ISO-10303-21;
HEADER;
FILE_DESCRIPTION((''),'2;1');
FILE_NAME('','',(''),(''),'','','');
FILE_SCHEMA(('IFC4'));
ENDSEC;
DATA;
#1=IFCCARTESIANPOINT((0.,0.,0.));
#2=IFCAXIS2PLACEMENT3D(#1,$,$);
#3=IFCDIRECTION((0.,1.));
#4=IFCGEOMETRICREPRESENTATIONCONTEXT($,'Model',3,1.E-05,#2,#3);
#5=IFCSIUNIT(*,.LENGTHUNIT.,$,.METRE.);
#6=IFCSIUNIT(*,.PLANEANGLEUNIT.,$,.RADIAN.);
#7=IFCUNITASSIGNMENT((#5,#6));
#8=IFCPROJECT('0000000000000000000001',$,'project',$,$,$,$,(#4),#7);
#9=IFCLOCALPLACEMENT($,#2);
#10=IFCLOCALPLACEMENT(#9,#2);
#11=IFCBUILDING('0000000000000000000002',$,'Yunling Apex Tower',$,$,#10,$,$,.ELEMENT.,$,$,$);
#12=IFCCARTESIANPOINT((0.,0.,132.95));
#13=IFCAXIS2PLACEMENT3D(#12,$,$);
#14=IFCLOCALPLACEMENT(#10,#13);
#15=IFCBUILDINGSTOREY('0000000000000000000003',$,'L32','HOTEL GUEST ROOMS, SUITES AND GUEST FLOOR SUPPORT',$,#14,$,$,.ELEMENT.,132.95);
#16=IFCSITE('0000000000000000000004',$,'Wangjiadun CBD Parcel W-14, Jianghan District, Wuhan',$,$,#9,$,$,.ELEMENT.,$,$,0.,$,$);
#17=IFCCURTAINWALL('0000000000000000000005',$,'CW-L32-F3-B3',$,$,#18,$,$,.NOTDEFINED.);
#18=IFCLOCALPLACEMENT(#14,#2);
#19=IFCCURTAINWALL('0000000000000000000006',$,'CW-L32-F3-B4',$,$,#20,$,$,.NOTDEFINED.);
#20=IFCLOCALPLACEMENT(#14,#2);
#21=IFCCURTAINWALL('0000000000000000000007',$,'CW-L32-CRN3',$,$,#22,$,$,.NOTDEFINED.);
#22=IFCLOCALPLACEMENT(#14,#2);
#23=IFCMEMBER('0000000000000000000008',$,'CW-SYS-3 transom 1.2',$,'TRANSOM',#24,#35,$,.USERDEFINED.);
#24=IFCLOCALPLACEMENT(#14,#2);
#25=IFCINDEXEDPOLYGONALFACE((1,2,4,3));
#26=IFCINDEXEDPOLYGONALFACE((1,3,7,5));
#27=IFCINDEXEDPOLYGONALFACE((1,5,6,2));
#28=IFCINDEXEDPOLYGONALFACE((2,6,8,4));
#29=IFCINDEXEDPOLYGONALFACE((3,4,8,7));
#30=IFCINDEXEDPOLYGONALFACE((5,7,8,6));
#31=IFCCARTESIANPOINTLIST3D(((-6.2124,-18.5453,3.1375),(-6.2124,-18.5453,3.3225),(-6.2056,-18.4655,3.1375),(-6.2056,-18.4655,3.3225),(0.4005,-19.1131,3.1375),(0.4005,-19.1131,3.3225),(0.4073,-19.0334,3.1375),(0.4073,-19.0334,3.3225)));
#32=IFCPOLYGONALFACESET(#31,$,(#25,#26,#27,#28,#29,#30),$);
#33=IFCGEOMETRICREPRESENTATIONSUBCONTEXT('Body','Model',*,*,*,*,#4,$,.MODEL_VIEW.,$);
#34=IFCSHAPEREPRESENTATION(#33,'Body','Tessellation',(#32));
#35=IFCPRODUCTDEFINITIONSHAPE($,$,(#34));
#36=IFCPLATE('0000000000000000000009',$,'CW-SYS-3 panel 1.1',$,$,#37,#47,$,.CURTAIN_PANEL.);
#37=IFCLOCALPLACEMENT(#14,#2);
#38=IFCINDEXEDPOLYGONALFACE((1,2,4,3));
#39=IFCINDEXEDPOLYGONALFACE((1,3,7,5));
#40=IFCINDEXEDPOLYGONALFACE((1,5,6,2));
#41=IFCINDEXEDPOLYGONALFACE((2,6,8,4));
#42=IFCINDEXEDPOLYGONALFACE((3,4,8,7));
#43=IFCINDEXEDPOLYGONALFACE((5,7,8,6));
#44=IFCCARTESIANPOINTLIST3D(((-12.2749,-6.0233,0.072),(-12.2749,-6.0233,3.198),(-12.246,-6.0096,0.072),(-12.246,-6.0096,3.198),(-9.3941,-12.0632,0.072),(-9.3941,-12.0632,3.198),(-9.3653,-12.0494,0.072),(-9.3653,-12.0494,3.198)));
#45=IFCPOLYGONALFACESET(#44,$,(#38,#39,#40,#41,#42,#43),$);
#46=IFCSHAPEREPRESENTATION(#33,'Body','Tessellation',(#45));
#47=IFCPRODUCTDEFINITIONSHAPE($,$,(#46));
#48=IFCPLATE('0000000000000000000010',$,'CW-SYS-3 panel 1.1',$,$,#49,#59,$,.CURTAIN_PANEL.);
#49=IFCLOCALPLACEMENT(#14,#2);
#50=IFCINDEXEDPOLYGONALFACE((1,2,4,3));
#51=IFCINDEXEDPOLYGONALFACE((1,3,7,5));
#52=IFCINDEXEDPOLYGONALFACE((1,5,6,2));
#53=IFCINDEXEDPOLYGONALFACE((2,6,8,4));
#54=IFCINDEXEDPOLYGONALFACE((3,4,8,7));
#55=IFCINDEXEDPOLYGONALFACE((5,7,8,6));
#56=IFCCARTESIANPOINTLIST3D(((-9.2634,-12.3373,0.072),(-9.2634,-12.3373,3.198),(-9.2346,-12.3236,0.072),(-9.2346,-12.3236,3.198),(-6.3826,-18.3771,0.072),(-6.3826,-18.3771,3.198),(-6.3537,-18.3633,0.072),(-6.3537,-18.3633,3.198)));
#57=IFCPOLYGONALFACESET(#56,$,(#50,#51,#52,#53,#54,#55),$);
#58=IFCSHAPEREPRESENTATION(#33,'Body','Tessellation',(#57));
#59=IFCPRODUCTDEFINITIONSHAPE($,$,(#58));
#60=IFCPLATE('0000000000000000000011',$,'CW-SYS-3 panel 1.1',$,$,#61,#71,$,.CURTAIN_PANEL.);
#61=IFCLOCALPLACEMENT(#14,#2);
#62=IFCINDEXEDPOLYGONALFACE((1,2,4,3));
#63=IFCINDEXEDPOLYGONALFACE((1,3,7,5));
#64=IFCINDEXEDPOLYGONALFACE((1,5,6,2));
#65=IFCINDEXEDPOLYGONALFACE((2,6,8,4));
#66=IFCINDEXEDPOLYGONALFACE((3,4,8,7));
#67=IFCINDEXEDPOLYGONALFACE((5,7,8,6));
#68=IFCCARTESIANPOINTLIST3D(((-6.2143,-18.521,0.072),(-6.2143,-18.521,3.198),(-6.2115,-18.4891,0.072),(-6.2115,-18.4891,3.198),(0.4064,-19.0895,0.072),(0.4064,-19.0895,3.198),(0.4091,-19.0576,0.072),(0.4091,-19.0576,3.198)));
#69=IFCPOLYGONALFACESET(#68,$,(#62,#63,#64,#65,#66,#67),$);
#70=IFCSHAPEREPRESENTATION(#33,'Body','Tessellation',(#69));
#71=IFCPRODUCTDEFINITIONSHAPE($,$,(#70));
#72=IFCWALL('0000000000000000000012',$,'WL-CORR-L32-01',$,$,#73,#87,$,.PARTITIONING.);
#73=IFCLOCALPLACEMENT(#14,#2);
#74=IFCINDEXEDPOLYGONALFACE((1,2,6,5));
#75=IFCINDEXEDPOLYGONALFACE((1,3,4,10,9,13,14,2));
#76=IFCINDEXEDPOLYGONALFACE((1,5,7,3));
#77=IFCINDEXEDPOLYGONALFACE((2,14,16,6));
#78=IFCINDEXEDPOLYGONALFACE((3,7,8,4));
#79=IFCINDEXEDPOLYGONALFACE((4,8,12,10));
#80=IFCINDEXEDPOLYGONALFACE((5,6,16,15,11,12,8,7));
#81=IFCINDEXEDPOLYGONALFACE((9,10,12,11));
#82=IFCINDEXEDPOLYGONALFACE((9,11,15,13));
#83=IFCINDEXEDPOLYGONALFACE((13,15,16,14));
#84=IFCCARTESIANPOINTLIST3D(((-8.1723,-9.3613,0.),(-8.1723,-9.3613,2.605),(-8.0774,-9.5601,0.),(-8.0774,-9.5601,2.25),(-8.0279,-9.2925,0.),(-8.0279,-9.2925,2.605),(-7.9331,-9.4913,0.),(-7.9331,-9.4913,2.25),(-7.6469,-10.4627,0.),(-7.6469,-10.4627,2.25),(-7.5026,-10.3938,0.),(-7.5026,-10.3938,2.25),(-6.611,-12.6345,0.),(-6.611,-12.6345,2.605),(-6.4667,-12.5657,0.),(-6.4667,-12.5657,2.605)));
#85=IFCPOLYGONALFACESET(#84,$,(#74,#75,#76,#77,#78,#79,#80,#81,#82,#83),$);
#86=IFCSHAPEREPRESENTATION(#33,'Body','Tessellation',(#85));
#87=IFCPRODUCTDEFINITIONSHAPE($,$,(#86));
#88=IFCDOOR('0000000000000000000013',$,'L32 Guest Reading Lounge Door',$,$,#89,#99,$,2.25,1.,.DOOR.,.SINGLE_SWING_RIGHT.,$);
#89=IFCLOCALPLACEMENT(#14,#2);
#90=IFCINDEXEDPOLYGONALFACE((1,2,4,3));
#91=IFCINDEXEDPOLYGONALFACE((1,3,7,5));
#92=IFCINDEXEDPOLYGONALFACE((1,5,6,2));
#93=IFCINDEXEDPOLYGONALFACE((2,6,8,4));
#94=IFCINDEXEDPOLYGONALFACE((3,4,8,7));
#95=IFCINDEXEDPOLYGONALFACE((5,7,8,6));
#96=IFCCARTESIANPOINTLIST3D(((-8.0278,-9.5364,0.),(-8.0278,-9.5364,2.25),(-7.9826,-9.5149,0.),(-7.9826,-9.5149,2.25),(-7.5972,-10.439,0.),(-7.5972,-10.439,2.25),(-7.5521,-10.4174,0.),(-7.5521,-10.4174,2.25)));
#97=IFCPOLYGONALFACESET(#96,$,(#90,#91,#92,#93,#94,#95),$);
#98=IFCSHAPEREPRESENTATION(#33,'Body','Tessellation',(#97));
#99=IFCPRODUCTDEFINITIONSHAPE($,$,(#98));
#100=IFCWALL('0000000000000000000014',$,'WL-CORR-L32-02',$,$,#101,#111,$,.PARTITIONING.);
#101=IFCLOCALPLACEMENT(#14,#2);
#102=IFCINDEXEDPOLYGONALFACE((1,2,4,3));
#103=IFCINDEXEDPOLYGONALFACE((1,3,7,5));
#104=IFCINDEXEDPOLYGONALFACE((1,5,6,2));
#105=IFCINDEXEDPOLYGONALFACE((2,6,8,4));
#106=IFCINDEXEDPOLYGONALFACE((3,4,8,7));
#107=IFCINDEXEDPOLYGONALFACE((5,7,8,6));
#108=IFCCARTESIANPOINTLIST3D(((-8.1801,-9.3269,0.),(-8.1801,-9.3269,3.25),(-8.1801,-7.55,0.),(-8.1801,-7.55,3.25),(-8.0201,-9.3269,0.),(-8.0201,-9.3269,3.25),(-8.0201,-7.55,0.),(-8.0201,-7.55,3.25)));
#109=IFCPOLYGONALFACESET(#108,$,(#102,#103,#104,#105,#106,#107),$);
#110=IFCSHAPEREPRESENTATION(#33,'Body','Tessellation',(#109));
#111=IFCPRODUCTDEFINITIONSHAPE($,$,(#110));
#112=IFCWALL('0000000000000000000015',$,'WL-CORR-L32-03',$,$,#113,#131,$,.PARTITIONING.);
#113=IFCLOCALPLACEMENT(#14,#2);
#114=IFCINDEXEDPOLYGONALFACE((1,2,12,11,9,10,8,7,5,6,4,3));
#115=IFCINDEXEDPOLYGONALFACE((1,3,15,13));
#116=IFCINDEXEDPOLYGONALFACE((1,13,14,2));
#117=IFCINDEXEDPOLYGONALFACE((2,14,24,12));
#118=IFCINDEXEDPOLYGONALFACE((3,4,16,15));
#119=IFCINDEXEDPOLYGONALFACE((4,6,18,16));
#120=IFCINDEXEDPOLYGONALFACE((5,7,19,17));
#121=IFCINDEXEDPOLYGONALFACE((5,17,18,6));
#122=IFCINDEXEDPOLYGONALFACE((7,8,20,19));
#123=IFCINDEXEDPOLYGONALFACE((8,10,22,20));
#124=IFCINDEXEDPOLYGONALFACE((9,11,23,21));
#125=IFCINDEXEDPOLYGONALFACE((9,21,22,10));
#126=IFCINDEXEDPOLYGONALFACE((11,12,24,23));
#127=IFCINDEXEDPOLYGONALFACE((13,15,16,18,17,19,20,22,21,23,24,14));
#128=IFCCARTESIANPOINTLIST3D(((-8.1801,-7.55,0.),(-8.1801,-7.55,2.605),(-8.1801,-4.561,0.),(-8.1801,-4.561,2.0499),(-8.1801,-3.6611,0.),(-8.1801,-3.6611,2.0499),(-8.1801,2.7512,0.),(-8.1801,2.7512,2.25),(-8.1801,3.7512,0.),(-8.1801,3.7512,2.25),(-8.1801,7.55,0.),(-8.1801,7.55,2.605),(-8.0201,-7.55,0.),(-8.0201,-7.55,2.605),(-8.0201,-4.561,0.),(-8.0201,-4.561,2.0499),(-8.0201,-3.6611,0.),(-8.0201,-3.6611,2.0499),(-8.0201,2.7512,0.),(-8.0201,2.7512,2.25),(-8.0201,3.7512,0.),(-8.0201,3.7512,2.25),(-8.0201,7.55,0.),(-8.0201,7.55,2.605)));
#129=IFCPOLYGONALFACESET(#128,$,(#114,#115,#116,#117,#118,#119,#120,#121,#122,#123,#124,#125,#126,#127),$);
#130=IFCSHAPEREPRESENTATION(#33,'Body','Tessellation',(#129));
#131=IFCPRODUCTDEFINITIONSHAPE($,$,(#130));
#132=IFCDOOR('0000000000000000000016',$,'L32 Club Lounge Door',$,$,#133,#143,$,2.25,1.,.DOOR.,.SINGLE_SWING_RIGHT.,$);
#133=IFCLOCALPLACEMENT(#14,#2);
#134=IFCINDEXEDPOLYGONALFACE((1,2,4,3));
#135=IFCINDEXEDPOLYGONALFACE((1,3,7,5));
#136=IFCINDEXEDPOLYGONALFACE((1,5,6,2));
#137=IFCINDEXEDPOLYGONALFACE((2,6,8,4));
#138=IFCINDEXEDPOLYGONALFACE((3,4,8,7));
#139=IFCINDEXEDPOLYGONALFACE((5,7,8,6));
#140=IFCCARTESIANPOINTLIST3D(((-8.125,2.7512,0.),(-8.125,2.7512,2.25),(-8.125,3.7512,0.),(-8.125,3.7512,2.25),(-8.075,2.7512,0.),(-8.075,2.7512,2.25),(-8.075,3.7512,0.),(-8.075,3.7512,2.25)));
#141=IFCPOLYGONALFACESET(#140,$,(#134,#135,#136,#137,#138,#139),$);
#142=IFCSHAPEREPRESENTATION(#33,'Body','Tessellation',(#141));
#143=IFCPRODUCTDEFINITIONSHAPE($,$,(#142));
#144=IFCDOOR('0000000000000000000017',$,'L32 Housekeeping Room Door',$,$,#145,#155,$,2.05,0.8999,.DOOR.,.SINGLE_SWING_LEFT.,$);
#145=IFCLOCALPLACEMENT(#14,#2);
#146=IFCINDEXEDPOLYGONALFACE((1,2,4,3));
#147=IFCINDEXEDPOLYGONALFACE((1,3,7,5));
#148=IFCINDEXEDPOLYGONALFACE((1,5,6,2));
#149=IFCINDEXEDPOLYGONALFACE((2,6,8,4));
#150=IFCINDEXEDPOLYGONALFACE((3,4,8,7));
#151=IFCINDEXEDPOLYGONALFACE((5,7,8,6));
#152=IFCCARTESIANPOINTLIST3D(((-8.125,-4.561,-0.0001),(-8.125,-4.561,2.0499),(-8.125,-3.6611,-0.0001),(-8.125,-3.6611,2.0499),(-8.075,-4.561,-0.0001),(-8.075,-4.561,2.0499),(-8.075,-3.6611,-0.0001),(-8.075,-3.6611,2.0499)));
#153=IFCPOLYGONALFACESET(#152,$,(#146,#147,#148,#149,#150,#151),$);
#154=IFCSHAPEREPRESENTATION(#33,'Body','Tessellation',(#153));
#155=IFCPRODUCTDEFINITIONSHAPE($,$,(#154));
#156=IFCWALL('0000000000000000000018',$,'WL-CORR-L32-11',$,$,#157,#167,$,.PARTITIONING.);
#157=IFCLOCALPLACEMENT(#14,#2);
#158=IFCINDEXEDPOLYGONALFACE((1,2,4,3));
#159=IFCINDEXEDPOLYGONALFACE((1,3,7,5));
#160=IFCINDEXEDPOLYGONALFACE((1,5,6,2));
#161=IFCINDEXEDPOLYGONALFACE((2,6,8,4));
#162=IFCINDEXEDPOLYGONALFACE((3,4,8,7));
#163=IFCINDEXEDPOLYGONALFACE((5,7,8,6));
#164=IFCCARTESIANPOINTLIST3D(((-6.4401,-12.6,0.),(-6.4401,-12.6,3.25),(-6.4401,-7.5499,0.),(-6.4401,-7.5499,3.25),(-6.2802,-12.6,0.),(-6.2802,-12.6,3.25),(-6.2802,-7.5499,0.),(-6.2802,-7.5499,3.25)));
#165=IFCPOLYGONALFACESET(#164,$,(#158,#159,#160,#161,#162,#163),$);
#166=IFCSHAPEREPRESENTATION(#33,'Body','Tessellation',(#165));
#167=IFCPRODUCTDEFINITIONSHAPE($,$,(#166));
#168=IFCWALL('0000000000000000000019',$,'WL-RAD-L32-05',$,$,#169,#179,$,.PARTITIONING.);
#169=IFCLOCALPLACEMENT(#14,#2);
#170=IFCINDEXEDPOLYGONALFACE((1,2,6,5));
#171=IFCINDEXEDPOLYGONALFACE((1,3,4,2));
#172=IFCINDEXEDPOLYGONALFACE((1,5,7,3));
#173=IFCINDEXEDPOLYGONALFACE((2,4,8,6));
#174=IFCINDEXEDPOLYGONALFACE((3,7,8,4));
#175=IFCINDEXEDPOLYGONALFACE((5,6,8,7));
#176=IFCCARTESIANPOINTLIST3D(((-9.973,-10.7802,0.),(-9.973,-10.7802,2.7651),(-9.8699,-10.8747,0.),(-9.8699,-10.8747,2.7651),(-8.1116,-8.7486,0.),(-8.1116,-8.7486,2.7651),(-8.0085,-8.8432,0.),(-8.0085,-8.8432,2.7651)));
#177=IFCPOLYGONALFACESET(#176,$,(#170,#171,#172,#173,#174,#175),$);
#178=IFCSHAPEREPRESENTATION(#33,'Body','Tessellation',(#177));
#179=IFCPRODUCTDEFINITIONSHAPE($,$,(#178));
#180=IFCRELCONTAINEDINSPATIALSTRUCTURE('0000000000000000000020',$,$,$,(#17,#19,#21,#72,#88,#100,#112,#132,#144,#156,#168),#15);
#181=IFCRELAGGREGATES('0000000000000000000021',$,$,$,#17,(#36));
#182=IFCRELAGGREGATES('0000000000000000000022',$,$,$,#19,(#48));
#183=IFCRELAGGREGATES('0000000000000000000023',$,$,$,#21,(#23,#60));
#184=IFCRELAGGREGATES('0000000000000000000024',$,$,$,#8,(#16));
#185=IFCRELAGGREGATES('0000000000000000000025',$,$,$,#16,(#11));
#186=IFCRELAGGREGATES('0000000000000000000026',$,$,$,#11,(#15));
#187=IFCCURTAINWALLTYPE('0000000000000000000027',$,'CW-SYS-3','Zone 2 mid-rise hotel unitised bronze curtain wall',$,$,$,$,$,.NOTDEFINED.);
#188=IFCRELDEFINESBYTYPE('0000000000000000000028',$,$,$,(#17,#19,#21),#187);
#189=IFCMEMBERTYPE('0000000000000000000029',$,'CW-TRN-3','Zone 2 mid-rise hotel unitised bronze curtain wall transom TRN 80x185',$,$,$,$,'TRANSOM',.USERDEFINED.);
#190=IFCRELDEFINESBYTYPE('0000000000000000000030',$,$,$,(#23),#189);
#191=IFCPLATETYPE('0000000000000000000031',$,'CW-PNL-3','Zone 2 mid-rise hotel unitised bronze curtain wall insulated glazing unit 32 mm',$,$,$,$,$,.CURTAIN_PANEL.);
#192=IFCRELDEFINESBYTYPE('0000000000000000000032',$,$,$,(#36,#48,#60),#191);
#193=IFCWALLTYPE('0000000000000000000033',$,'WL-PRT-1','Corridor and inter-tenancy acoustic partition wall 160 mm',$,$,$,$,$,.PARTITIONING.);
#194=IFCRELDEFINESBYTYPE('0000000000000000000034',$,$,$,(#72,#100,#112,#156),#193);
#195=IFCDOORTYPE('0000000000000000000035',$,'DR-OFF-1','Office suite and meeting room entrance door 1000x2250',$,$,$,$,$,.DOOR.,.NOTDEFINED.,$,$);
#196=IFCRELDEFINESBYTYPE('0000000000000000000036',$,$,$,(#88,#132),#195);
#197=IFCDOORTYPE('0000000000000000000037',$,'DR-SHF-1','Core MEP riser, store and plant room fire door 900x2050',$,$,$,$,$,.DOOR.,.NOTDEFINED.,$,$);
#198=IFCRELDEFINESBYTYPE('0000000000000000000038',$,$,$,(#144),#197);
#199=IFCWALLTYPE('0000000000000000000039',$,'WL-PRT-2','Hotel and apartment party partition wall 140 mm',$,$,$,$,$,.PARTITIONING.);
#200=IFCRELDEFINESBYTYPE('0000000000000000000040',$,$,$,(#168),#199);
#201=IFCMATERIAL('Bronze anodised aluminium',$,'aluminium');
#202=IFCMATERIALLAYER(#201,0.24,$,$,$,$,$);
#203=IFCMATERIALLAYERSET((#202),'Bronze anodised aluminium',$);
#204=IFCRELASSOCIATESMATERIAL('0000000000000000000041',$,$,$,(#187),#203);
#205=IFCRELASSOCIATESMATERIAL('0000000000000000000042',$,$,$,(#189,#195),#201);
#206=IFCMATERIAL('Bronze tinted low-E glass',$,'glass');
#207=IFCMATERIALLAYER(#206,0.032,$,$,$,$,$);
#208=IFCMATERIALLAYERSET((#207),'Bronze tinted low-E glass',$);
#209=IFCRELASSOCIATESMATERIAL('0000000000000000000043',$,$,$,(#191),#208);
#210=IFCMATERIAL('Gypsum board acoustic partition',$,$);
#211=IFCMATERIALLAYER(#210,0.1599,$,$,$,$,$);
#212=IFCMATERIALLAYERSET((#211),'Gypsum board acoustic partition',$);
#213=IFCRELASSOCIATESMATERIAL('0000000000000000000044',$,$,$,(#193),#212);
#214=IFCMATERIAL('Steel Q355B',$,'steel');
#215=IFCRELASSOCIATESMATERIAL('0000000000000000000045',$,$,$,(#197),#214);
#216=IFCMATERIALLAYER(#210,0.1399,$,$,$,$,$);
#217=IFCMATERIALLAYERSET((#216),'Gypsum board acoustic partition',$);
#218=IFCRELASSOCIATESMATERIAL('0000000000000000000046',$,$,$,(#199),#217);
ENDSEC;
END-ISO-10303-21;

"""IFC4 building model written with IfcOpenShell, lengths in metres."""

from ifc_helpers import new_model, si_unit, direction, frame, frame_2d, origin, origin_2d, place, context, subcontext, project, spatial, rectangle, extrude, source, transform, mapped, material, layer, layer_set, material_profile, profile_set, type_object, element, fill, aggregate, save


model = new_model("IFC4")

# Units and contexts
model_context = context("Model", 3, precision=1e-05, world=origin(), true_north=direction((0.0, 1.0)))
body_context = subcontext(model_context, "Body", "Model", "MODEL_VIEW")
ifc_project = project(units=[si_unit("LENGTHUNIT", "METRE"), si_unit("PLANEANGLEUNIT", "RADIAN")], contexts=[model_context])

# Site, building, storey
site_placement = place(None, origin())
site = spatial("IfcSite", under=ifc_project, at=site_placement, Name="Wangjiadun CBD Parcel W-14, Jianghan District, Wuhan", CompositionType="ELEMENT", RefElevation=0.0)
building_placement = place(site_placement, origin())
building = spatial("IfcBuilding", under=site, at=building_placement, Name="Yunling Apex Tower", CompositionType="ELEMENT")
storey_placement = place(building_placement, frame((0.0, 0.0, 132.95)))
storey = spatial("IfcBuildingStorey", under=building, at=storey_placement, Name="L32", Description="HOTEL GUEST ROOMS, SUITES AND GUEST FLOOR SUPPORT", CompositionType="ELEMENT", Elevation=132.95)

# Shared definitions
ifc_material_1 = material(Name="Steel Q355B", Category="steel")

# Curtain walls
ifc_material_2 = material(Name="Bronze anodised aluminium", Category="aluminium")
ifc_layer_1 = layer(ifc_material_2, 0.24)
ifc_layer_set_1 = layer_set([ifc_layer_1], Name="Bronze anodised aluminium")
curtain_wall_type = type_object("IfcCurtainWallType", Name="CW-SYS-3", Description="Zone 2 mid-rise hotel unitised bronze curtain wall", PredefinedType="NOTDEFINED", material=ifc_layer_set_1)
curtain_wall_1_placement = place(storey_placement, origin())
curtain_wall_1 = element("IfcCurtainWall", 1, at=curtain_wall_1_placement, inside=storey, type_object=curtain_wall_type, Name="CW-L32-F3-B3", PredefinedType="NOTDEFINED")
curtain_wall_2_placement = place(storey_placement, origin())
curtain_wall_2 = element("IfcCurtainWall", 2, at=curtain_wall_2_placement, inside=storey, type_object=curtain_wall_type, Name="CW-L32-F3-B4", PredefinedType="NOTDEFINED")

# Curtain wall
curtain_wall_3_placement = place(storey_placement, origin())
curtain_wall_3 = element("IfcCurtainWall", 3, at=curtain_wall_3_placement, inside=storey, type_object=curtain_wall_type, Name="CW-L32-CRN3", PredefinedType="NOTDEFINED")

# Member
ifc_material_profile_1 = material_profile(ifc_material_2, rectangle(XDim=0.0801, YDim=0.1851, at=origin_2d()))
ifc_profile_set_1 = profile_set([ifc_material_profile_1], Name="Bronze anodised aluminium")
member_type_1 = type_object("IfcMemberType", Name="CW-TRN-3", Description="Zone 2 mid-rise hotel unitised bronze curtain wall transom TRN 80x185", ElementType="TRANSOM", PredefinedType="USERDEFINED", material=ifc_profile_set_1)
shared_shape_1 = source(origin(), body_context, "Body", "SweptSolid", [
    extrude(rectangle(XDim=0.0801, YDim=0.1851, at=origin_2d()), origin(), (0.0, 0.0, 1.0), 6.6372),
])
member_1_placement = place(storey_placement, frame((-6.209, -18.5054, 3.23), z_axis=(0.996333, -0.08556, 0.0), x_axis=(0.08556, 0.996333, 0.0)))
member_1 = element("IfcMember", 4, at=member_1_placement, type_object=member_type_1, Name="CW-SYS-3 transom 1.2", ObjectType="TRANSOM", PredefinedType="USERDEFINED", context=body_context, shape_type="MappedRepresentation", body=[
    mapped(shared_shape_1, transform((0.0, 0.0, 0.0), scale=1.0)),
])

# Plates
ifc_material_3 = material(Name="Bronze tinted low-E glass", Category="glass")
ifc_layer_2 = layer(ifc_material_3, 0.032)
ifc_layer_set_2 = layer_set([ifc_layer_2], Name="Bronze tinted low-E glass")
plate_type = type_object("IfcPlateType", Name="CW-PNL-3", Description="Zone 2 mid-rise hotel unitised bronze curtain wall insulated glazing unit 32 mm", PredefinedType="CURTAIN_PANEL", material=ifc_layer_set_2)
shared_shape_2 = source(origin(), body_context, "Body", "SweptSolid", [
    extrude(rectangle(XDim=6.6917, YDim=0.032, at=origin_2d()), origin(), (0.0, 0.0, 1.0), 3.126),
])
plate_1_placement = place(storey_placement, frame((-10.8201, -9.0364, 0.072), z_axis=(0.0, 0.0, 1.0), x_axis=(0.430494, -0.902593, 0.0)))
plate_1 = element("IfcPlate", 5, at=plate_1_placement, type_object=plate_type, Name="CW-SYS-3 panel 1.1", PredefinedType="CURTAIN_PANEL", context=body_context, shape_type="MappedRepresentation", body=[
    mapped(shared_shape_2, transform((0.0, 0.0, 0.0), scale=1.0)),
])
aggregate(curtain_wall_1, [plate_1])
plate_2_placement = place(storey_placement, frame((-7.8086, -15.3503, 0.072), z_axis=(0.0, 0.0, 1.0), x_axis=(0.430512, -0.902585, 0.0)))
plate_2 = element("IfcPlate", 6, at=plate_2_placement, type_object=plate_type, Name="CW-SYS-3 panel 1.1", PredefinedType="CURTAIN_PANEL", context=body_context, shape_type="MappedRepresentation", body=[
    mapped(shared_shape_2, transform((0.0, 0.0, 0.0), scale=1.0)),
])
aggregate(curtain_wall_2, [plate_2])
shared_shape_3 = source(origin(), body_context, "Body", "SweptSolid", [
    extrude(rectangle(XDim=6.645, YDim=0.032, at=origin_2d()), origin(), (0.0, 0.0, 1.0), 3.126),
])
plate_3_placement = place(storey_placement, frame((-2.9026, -18.7893, 0.072), z_axis=(0.0, 0.0, 1.0), x_axis=(0.996334, -0.08555, 0.0)))
plate_3 = element("IfcPlate", 7, at=plate_3_placement, type_object=plate_type, Name="CW-SYS-3 panel 1.1", PredefinedType="CURTAIN_PANEL", context=body_context, shape_type="MappedRepresentation", body=[
    mapped(shared_shape_3, transform((0.0, 0.0, 0.0), scale=1.0)),
])
aggregate(curtain_wall_3, [member_1, plate_3])

# Wall, opening, door
ifc_material_4 = material(Name="Gypsum board acoustic partition")
ifc_layer_3 = layer(ifc_material_4, 0.1599)
ifc_layer_set_3 = layer_set([ifc_layer_3], Name="Gypsum board acoustic partition")
wall_type_1 = type_object("IfcWallType", Name="WL-PRT-1", Description="Corridor and inter-tenancy acoustic partition wall 160 mm", PredefinedType="PARTITIONING", material=ifc_layer_set_3)
wall_1_placement = place(storey_placement, frame((-6.5388, -12.6001, 0.0), z_axis=(0.0, 0.0, 1.0), x_axis=(-0.430521, 0.90258, 0.0)))
wall_1 = element("IfcWall", 8, at=wall_1_placement, inside=storey, type_object=wall_type_1, Name="WL-CORR-L32-01", PredefinedType="PARTITIONING", context=body_context, shape_type="SweptSolid", body=[
    extrude(rectangle(XDim=3.6265, YDim=0.1599, at=frame_2d((1.8132, 0.0))), origin(), (0.0, 0.0, 1.0), 2.605),
])
opening_1_placement = place(wall_1_placement, frame((2.4062, 0.0, 0.0)))
opening_1 = element("IfcOpeningElement", 9, at=opening_1_placement, cuts=wall_1, PredefinedType="OPENING", context=body_context, shape_type="SweptSolid", body=[
    extrude(rectangle(XDim=1.0, YDim=2.25, at=frame_2d((0.5, 1.125))), frame((0.0, 0.0898, 0.0), z_axis=(0.0, -1.0, 0.0), x_axis=(1.0, 0.0, 0.0)), (0.0, 0.0, 1.0), 0.1799),
])
door_type_1 = type_object("IfcDoorType", Name="DR-OFF-1", Description="Office suite and meeting room entrance door 1000x2250", OperationType="NOTDEFINED", PredefinedType="DOOR", material=ifc_material_2)
door_1_placement = place(opening_1_placement, origin())
door_1 = element("IfcDoor", 10, at=door_1_placement, inside=storey, type_object=door_type_1, Name="L32 Guest Reading Lounge Door", OperationType="SINGLE_SWING_RIGHT", OverallHeight=2.25, OverallWidth=1.0, PredefinedType="DOOR", context=body_context, shape_type="SweptSolid", body=[
    extrude(rectangle(XDim=1.0, YDim=2.25, at=frame_2d((0.5, 1.125))), frame((0.0, 0.0249, 0.0), z_axis=(0.0, -1.0, 0.0), x_axis=(1.0, 0.0, 0.0)), (0.0, 0.0, 1.0), 0.05),
])
fill(opening_1, door_1)

# Wall
wall_2_placement = place(storey_placement, frame((-8.1001, -9.3269, 0.0), z_axis=(0.0, 0.0, 1.0), x_axis=(0.0, 1.0, 0.0)))
element("IfcWall", 11, at=wall_2_placement, inside=storey, type_object=wall_type_1, Name="WL-CORR-L32-02", PredefinedType="PARTITIONING", context=body_context, shape_type="SweptSolid", body=[
    extrude(rectangle(XDim=1.7769, YDim=0.1599, at=frame_2d((0.8884, 0.0))), origin(), (0.0, 0.0, 1.0), 3.25),
])

# Wall, openings, doors
wall_3_placement = place(storey_placement, frame((-8.1001, -7.55, 0.0), z_axis=(0.0, 0.0, 1.0), x_axis=(0.0, 1.0, 0.0)))
wall_3 = element("IfcWall", 12, at=wall_3_placement, inside=storey, type_object=wall_type_1, Name="WL-CORR-L32-03", PredefinedType="PARTITIONING", context=body_context, shape_type="SweptSolid", body=[
    extrude(rectangle(XDim=15.1001, YDim=0.1599, at=frame_2d((7.55, 0.0))), origin(), (0.0, 0.0, 1.0), 2.605),
])
opening_2_placement = place(wall_3_placement, frame((2.989, 0.0, 0.0)))
opening_2 = element("IfcOpeningElement", 13, at=opening_2_placement, cuts=wall_3, PredefinedType="OPENING", context=body_context, shape_type="SweptSolid", body=[
    extrude(rectangle(XDim=0.8999, YDim=2.05, at=frame_2d((0.45, 1.0249))), frame((0.0, 0.0898, 0.0), z_axis=(0.0, -1.0, 0.0), x_axis=(1.0, 0.0, 0.0)), (0.0, 0.0, 1.0), 0.1799),
])
opening_3_placement = place(wall_3_placement, frame((10.3013, 0.0, 0.0)))
opening_3 = element("IfcOpeningElement", 14, at=opening_3_placement, cuts=wall_3, PredefinedType="OPENING", context=body_context, shape_type="SweptSolid", body=[
    extrude(rectangle(XDim=1.0, YDim=2.25, at=frame_2d((0.5, 1.125))), frame((0.0, 0.0898, 0.0), z_axis=(0.0, -1.0, 0.0), x_axis=(1.0, 0.0, 0.0)), (0.0, 0.0, 1.0), 0.1799),
])
door_2_placement = place(opening_3_placement, origin())
door_2 = element("IfcDoor", 15, at=door_2_placement, inside=storey, type_object=door_type_1, Name="L32 Club Lounge Door", OperationType="SINGLE_SWING_RIGHT", OverallHeight=2.25, OverallWidth=1.0, PredefinedType="DOOR", context=body_context, shape_type="SweptSolid", body=[
    extrude(rectangle(XDim=1.0, YDim=2.25, at=frame_2d((0.5, 1.125))), frame((0.0, 0.0249, 0.0), z_axis=(0.0, -1.0, 0.0), x_axis=(1.0, 0.0, 0.0)), (0.0, 0.0, 1.0), 0.05),
])
fill(opening_3, door_2)
door_type_2 = type_object("IfcDoorType", Name="DR-SHF-1", Description="Core MEP riser, store and plant room fire door 900x2050", OperationType="NOTDEFINED", PredefinedType="DOOR", material=ifc_material_1)
door_3_placement = place(opening_2_placement, origin())
door_3 = element("IfcDoor", 16, at=door_3_placement, inside=storey, type_object=door_type_2, Name="L32 Housekeeping Room Door", OperationType="SINGLE_SWING_LEFT", OverallHeight=2.05, OverallWidth=0.8999, PredefinedType="DOOR", context=body_context, shape_type="SweptSolid", body=[
    extrude(rectangle(XDim=0.8999, YDim=2.05, at=frame_2d((0.45, 1.0249))), frame((0.0, 0.0249, 0.0), z_axis=(0.0, -1.0, 0.0), x_axis=(1.0, 0.0, 0.0)), (0.0, 0.0, 1.0), 0.05),
])
fill(opening_2, door_3)

# Walls
wall_4_placement = place(storey_placement, frame((-6.3601, -7.55, 0.0), z_axis=(0.0, 0.0, 1.0), x_axis=(0.0, -1.0, 0.0)))
element("IfcWall", 17, at=wall_4_placement, inside=storey, type_object=wall_type_1, Name="WL-CORR-L32-11", PredefinedType="PARTITIONING", context=body_context, shape_type="SweptSolid", body=[
    extrude(rectangle(XDim=5.05, YDim=0.1599, at=frame_2d((2.5249, 0.0))), origin(), (0.0, 0.0, 1.0), 3.25),
])
ifc_layer_4 = layer(ifc_material_4, 0.1399)
ifc_layer_set_4 = layer_set([ifc_layer_4], Name="Gypsum board acoustic partition")
wall_type_2 = type_object("IfcWallType", Name="WL-PRT-2", Description="Hotel and apartment party partition wall 140 mm", PredefinedType="PARTITIONING", material=ifc_layer_set_4)
wall_5_placement = place(storey_placement, frame((-8.0601, -8.7959, 0.0), z_axis=(0.0, 0.0, 1.0), x_axis=(-0.675552, -0.737312, 0.0)))
element("IfcWall", 18, at=wall_5_placement, inside=storey, type_object=wall_type_2, Name="WL-RAD-L32-05", PredefinedType="PARTITIONING", context=body_context, shape_type="SweptSolid", body=[
    extrude(rectangle(XDim=2.7554, YDim=0.1399, at=frame_2d((1.3777, 0.0))), origin(), (0.0, 0.0, 1.0), 2.7651),
])

save(model, "model.ifc")
